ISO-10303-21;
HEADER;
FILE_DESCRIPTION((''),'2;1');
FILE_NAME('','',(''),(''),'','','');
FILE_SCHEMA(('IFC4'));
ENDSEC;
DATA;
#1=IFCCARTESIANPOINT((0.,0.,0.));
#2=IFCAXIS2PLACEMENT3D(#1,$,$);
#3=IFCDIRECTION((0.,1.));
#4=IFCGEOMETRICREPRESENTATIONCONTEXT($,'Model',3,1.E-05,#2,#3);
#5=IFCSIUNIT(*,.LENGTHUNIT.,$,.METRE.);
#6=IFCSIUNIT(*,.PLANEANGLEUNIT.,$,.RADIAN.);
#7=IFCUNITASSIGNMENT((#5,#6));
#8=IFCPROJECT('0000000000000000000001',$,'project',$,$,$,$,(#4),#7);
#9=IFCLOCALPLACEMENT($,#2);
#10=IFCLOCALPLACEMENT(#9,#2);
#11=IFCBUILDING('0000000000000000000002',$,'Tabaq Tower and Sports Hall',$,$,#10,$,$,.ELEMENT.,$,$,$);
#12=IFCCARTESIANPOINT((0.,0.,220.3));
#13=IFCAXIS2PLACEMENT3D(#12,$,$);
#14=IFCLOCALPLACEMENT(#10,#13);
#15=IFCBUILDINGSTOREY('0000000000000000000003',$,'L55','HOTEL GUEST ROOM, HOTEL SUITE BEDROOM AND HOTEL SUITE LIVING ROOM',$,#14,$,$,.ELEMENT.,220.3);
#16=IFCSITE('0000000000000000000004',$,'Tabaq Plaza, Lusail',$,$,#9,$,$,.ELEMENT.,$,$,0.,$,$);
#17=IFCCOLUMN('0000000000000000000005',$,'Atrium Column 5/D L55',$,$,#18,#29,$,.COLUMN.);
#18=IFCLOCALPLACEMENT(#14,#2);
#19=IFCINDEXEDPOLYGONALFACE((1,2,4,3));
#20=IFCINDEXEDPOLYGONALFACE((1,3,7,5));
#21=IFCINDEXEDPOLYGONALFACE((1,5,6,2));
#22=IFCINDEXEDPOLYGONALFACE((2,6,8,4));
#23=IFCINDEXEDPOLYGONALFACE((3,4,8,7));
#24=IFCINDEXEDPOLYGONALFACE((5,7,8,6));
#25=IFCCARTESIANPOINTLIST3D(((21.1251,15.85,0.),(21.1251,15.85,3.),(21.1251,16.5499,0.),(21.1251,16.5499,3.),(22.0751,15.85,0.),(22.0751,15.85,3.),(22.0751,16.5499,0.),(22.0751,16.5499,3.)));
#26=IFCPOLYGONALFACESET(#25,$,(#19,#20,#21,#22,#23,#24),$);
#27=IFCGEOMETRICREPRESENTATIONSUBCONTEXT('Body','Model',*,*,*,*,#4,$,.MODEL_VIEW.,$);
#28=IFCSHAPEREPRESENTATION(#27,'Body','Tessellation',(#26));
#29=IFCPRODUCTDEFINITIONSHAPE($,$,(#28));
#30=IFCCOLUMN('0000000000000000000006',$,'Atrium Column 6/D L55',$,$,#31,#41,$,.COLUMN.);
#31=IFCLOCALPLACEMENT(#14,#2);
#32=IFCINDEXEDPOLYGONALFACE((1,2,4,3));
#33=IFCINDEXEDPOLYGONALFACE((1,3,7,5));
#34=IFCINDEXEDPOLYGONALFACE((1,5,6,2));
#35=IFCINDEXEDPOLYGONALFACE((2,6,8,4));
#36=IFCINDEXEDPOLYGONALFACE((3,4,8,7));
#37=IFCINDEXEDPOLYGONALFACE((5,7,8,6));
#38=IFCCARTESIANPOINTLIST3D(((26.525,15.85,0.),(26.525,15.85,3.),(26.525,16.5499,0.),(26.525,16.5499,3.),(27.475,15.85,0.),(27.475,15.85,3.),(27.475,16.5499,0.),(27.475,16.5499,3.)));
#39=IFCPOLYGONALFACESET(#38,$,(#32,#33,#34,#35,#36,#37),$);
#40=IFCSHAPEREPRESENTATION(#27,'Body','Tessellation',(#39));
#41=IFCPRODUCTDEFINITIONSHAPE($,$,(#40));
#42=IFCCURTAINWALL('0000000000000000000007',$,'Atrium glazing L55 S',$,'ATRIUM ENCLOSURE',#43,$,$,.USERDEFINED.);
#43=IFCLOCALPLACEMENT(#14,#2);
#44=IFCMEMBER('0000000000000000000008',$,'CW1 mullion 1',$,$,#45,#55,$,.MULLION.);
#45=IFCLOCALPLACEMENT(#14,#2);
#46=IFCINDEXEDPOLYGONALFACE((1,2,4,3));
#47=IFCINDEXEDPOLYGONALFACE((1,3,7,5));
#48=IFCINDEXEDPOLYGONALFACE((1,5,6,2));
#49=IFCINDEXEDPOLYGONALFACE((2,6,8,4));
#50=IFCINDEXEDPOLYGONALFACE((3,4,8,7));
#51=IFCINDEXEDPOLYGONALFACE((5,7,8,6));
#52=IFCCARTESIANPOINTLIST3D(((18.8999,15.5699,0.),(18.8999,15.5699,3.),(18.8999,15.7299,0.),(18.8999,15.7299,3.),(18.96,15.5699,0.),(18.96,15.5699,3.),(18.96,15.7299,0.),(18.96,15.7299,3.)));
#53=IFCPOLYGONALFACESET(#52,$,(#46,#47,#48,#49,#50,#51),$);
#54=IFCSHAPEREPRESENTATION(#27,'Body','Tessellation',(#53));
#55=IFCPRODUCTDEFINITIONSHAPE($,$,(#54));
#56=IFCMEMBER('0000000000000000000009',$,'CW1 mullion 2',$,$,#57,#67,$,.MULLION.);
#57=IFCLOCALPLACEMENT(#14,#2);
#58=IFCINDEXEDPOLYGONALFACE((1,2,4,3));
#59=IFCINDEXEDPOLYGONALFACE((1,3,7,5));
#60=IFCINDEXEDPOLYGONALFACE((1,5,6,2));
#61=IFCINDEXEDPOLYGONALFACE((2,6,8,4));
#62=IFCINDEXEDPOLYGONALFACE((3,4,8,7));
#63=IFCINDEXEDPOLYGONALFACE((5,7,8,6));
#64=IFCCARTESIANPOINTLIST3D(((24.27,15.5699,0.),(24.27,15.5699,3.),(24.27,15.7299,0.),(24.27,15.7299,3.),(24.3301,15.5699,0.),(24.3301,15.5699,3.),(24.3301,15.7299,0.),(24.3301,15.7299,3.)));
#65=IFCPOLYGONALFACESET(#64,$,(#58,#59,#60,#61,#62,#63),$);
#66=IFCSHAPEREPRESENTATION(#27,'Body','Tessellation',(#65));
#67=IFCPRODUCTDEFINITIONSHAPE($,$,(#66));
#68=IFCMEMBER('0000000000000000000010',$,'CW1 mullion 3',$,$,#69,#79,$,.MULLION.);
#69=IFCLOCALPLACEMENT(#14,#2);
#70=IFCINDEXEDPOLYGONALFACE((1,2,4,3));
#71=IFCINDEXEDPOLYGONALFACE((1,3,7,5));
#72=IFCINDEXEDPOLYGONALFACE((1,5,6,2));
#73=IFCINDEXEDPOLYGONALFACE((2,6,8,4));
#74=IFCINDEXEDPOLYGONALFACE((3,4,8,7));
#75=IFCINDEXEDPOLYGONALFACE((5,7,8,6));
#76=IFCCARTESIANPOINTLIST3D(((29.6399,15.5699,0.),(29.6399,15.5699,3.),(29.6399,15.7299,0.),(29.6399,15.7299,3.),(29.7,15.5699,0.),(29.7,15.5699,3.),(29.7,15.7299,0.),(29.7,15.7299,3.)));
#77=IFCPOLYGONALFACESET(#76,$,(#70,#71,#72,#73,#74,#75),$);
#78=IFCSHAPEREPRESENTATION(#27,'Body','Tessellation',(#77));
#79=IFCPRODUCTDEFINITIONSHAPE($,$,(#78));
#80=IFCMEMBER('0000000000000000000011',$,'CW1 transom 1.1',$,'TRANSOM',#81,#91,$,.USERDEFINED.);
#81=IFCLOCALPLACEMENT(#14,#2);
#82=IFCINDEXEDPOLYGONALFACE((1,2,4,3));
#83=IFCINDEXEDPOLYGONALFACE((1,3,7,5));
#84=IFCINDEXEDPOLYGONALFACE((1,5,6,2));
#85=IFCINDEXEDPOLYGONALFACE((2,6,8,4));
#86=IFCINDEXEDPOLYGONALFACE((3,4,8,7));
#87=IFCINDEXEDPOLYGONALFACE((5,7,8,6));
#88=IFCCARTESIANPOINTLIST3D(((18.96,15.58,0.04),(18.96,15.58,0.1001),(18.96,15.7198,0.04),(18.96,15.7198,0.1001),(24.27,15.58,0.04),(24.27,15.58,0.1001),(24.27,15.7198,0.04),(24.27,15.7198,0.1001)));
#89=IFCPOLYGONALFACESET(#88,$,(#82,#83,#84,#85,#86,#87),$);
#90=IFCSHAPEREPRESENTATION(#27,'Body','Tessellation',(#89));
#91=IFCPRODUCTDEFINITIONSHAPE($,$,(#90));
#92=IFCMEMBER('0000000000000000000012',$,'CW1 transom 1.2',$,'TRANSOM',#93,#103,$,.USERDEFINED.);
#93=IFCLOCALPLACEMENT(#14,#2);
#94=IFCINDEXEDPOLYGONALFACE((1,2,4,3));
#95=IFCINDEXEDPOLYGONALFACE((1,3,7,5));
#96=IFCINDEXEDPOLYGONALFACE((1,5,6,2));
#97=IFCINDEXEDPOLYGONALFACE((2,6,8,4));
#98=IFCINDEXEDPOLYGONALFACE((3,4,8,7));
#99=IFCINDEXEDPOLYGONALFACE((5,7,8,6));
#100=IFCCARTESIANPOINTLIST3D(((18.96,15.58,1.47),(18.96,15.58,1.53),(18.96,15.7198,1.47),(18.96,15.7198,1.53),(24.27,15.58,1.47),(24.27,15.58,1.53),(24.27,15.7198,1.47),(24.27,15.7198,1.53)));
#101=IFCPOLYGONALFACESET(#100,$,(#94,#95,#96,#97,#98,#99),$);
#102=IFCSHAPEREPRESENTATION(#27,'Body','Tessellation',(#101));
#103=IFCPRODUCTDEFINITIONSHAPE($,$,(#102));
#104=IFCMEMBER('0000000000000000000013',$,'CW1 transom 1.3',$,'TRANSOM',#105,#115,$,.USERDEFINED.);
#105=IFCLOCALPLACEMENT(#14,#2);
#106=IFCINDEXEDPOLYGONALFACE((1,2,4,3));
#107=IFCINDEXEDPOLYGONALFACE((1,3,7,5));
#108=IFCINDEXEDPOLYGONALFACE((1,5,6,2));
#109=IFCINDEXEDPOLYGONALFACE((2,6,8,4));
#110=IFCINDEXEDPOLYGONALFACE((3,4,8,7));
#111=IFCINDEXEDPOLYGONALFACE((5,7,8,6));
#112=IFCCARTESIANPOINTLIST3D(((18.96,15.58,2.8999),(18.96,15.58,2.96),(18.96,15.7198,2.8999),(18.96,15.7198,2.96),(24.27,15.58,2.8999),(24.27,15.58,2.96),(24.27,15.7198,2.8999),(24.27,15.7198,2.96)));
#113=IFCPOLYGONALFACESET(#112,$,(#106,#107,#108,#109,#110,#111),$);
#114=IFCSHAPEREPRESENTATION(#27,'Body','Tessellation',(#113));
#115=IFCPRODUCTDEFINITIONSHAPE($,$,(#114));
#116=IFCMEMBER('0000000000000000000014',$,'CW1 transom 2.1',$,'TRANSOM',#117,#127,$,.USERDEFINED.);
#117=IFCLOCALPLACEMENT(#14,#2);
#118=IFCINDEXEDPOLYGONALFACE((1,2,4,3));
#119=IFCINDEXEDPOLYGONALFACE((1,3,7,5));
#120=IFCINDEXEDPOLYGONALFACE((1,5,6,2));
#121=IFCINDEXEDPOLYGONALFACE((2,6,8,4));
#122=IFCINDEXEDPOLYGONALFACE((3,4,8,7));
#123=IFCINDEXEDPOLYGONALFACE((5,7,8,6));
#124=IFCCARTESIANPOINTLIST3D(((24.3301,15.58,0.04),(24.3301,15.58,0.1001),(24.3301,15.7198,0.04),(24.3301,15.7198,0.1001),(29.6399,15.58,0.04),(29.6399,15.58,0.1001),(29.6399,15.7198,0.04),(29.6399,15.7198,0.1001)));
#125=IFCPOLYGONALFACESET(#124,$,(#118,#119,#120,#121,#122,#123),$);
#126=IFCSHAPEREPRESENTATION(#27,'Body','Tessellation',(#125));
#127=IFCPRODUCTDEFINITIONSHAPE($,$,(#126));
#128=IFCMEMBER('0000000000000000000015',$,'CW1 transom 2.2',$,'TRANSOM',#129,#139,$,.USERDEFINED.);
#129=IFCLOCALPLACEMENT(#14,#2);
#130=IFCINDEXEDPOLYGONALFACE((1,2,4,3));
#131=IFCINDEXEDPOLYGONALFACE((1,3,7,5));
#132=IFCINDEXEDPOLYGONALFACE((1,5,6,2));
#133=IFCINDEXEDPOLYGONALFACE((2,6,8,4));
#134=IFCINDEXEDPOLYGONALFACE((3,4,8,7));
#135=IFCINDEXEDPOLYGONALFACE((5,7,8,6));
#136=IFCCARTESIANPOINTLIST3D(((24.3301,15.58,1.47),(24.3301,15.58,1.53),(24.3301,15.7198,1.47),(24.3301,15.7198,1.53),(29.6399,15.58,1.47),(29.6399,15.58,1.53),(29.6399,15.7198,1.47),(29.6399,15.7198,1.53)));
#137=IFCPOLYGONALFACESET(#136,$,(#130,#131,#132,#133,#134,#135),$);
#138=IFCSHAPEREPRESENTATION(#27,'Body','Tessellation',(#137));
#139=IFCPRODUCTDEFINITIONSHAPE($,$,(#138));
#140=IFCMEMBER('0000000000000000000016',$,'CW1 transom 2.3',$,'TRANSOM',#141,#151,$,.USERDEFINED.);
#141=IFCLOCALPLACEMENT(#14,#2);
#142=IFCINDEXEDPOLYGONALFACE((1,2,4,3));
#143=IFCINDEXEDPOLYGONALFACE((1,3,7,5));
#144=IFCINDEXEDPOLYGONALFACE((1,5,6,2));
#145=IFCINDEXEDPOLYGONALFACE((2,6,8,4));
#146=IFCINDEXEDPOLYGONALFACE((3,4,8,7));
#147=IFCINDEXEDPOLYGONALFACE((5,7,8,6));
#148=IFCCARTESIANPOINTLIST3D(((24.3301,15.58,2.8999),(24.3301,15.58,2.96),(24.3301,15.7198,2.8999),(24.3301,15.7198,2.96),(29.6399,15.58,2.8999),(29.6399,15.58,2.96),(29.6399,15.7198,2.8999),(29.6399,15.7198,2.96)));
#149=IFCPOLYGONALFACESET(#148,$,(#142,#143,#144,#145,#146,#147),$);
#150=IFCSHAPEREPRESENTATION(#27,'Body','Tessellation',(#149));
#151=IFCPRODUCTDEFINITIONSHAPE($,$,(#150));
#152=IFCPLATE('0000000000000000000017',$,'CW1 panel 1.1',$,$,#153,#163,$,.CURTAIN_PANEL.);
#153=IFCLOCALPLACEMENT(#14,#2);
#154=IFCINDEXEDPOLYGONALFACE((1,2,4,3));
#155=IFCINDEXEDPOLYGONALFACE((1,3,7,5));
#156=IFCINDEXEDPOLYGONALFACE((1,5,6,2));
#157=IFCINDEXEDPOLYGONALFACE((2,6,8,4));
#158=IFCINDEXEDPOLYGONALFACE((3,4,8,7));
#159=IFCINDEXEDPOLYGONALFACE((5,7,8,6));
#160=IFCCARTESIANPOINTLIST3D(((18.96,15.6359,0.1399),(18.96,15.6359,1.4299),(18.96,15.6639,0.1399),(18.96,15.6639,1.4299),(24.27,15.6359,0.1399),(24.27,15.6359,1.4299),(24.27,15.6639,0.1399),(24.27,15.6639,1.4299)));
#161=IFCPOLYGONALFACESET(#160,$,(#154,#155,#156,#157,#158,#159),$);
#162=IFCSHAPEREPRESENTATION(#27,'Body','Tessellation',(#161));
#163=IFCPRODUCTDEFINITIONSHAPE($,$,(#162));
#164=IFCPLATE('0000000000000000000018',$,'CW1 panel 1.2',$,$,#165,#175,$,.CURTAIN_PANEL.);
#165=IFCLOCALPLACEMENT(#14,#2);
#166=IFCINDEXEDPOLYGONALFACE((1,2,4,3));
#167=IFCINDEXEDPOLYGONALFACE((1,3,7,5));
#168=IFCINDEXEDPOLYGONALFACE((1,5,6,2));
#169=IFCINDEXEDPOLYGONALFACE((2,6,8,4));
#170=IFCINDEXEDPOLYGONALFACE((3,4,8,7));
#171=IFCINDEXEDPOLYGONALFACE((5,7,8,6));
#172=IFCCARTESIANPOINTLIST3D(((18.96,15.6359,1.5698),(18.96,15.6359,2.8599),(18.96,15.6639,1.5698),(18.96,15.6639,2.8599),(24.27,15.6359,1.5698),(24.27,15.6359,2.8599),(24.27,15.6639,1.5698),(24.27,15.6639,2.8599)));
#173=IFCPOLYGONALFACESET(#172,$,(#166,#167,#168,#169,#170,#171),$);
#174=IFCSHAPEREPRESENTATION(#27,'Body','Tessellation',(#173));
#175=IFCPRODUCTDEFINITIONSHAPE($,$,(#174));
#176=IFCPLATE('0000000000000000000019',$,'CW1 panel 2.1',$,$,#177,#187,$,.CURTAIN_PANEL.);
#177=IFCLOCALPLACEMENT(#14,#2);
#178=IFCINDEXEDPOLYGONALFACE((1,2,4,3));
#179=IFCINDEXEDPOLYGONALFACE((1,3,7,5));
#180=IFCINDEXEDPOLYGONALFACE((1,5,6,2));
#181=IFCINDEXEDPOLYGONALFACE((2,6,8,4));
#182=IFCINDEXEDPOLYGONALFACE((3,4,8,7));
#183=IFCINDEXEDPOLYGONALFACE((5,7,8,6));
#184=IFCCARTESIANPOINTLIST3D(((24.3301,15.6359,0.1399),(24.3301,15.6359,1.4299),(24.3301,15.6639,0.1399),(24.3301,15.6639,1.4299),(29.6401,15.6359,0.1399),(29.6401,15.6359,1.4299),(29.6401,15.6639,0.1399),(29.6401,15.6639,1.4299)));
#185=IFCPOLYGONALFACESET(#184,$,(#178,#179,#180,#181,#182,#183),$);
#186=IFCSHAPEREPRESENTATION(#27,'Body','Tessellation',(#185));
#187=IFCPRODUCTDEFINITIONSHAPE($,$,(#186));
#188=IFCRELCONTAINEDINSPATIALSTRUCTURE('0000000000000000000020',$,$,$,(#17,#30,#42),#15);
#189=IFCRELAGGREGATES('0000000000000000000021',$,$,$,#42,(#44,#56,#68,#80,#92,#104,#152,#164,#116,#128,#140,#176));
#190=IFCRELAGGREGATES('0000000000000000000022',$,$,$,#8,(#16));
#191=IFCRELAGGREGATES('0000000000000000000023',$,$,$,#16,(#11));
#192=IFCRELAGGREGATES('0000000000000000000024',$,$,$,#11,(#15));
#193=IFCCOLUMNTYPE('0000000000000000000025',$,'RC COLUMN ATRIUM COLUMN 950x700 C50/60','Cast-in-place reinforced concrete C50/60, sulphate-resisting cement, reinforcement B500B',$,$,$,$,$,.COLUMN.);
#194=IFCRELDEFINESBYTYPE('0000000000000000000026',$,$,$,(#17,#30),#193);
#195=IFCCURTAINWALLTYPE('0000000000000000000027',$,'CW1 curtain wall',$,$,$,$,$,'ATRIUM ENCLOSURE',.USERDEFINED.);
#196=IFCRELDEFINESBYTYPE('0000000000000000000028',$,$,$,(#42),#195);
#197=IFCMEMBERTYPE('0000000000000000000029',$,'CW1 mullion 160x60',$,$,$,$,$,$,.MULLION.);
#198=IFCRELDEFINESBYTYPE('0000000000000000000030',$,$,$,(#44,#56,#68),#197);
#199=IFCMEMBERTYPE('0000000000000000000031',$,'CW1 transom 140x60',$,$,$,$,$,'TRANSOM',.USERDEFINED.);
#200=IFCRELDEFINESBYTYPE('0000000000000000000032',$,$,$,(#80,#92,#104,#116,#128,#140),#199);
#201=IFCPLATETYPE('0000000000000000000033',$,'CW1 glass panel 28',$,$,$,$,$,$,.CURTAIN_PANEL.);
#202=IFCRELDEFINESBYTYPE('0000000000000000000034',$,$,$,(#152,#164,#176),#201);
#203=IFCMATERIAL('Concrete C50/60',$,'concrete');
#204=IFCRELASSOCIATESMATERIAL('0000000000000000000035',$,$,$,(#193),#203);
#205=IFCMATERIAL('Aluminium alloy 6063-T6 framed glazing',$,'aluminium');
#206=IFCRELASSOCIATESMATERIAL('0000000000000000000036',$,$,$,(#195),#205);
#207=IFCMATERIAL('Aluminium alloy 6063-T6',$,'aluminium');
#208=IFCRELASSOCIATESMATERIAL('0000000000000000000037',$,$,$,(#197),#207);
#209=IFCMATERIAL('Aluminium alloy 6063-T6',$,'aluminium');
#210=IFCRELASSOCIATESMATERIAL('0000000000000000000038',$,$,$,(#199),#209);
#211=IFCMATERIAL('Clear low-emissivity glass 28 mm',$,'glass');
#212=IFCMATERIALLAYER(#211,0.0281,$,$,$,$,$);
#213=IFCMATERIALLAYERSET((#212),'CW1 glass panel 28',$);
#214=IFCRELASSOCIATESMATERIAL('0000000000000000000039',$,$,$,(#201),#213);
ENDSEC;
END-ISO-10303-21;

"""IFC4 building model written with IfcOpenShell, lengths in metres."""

from ifc_helpers import new_model, si_unit, direction, frame, origin, origin_2d, place, context, subcontext, project, spatial, rectangle, extrude, material, layer, layer_set, material_profile, profile_set, type_object, element, aggregate, save


model = new_model("IFC4")

# Units and contexts
model_context = context("Model", 3, precision=1e-05, world=origin(), true_north=direction((0.0, 1.0)))
body_context = subcontext(model_context, "Body", "Model", "MODEL_VIEW")
ifc_project = project(units=[si_unit("LENGTHUNIT", "METRE"), si_unit("PLANEANGLEUNIT", "RADIAN")], contexts=[model_context])

# Site, building, storey
site_placement = place(None, origin())
site = spatial("IfcSite", under=ifc_project, at=site_placement, Name="Tabaq Plaza, Lusail", CompositionType="ELEMENT", RefElevation=0.0)
building_placement = place(site_placement, origin())
building = spatial("IfcBuilding", under=site, at=building_placement, Name="Tabaq Tower and Sports Hall", CompositionType="ELEMENT")
storey_placement = place(building_placement, frame((0.0, 0.0, 220.3)))
storey = spatial("IfcBuildingStorey", under=building, at=storey_placement, Name="L55", Description="HOTEL GUEST ROOM, HOTEL SUITE BEDROOM AND HOTEL SUITE LIVING ROOM", CompositionType="ELEMENT", Elevation=220.3)

# Columns
ifc_material_1 = material(Name="Concrete C50/60", Category="concrete")
ifc_material_profile_1 = material_profile(ifc_material_1, rectangle(XDim=0.95, YDim=0.7, at=origin_2d()), Name="ATRIUM COLUMN 950x700")
ifc_profile_set_1 = profile_set([ifc_material_profile_1], Name="Concrete C50/60")
column_type = type_object("IfcColumnType", Name="RC COLUMN ATRIUM COLUMN 950x700 C50/60", Description="Cast-in-place reinforced concrete C50/60, sulphate-resisting cement, reinforcement B500B", PredefinedType="COLUMN", material=ifc_profile_set_1)
for number, where, z_axis, x_axis, name in (
    (1, (21.6001, 16.2, 0.0), (0.0, 0.0, 1.0), (1.0, 0.0, 0.0), "Atrium Column 5/D L55"),
    (2, (27.0, 16.2, 0.0), (0.0, 0.0, 1.0), (1.0, 0.0, 0.0), "Atrium Column 6/D L55"),
):
    element("IfcColumn", number, at=place(storey_placement, frame(where, z_axis=z_axis, x_axis=x_axis)), inside=storey, type_object=column_type, Name=name, PredefinedType="COLUMN", context=body_context, shape_type="SweptSolid", body=[
        extrude(rectangle(XDim=0.95, YDim=0.7, at=origin_2d()), origin(), (0.0, 0.0, 1.0), 3.0),
    ])

# Curtain wall, members, plates
ifc_material_2 = material(Name="Aluminium alloy 6063-T6 framed glazing", Category="aluminium")
curtain_wall_type = type_object("IfcCurtainWallType", Name="CW1 curtain wall", ElementType="ATRIUM ENCLOSURE", PredefinedType="USERDEFINED", material=ifc_material_2)
curtain_wall_placement = place(storey_placement, origin())
curtain_wall = element("IfcCurtainWall", 3, at=curtain_wall_placement, inside=storey, type_object=curtain_wall_type, Name="Atrium glazing L55 S", ObjectType="ATRIUM ENCLOSURE", PredefinedType="USERDEFINED")
ifc_material_3 = material(Name="Aluminium alloy 6063-T6", Category="aluminium")
ifc_material_profile_2 = material_profile(ifc_material_3, rectangle(XDim=0.1599, YDim=0.0601, at=origin_2d()), Name="MULLION 160x60")
ifc_profile_set_2 = profile_set([ifc_material_profile_2], Name="Aluminium alloy 6063-T6")
member_type_1 = type_object("IfcMemberType", Name="CW1 mullion 160x60", PredefinedType="MULLION", material=ifc_profile_set_2)
member_1_placement = place(storey_placement, frame((18.9299, 15.6499, 0.0), z_axis=(0.0, 0.0, 1.0), x_axis=(0.0, 1.0, 0.0)))
member_1 = element("IfcMember", 4, at=member_1_placement, type_object=member_type_1, Name="CW1 mullion 1", PredefinedType="MULLION", context=body_context, shape_type="SweptSolid", body=[
    extrude(rectangle(XDim=0.1599, YDim=0.0601, at=origin_2d()), origin(), (0.0, 0.0, 1.0), 3.0),
])
member_2_placement = place(storey_placement, frame((24.3, 15.6499, 0.0), z_axis=(0.0, 0.0, 1.0), x_axis=(0.0, 1.0, 0.0)))
member_2 = element("IfcMember", 5, at=member_2_placement, type_object=member_type_1, Name="CW1 mullion 2", PredefinedType="MULLION", context=body_context, shape_type="SweptSolid", body=[
    extrude(rectangle(XDim=0.1599, YDim=0.0601, at=origin_2d()), origin(), (0.0, 0.0, 1.0), 3.0),
])
member_3_placement = place(storey_placement, frame((29.6699, 15.6499, 0.0), z_axis=(0.0, 0.0, 1.0), x_axis=(0.0, 1.0, 0.0)))
member_3 = element("IfcMember", 6, at=member_3_placement, type_object=member_type_1, Name="CW1 mullion 3", PredefinedType="MULLION", context=body_context, shape_type="SweptSolid", body=[
    extrude(rectangle(XDim=0.1599, YDim=0.0601, at=origin_2d()), origin(), (0.0, 0.0, 1.0), 3.0),
])
ifc_material_4 = material(Name="Aluminium alloy 6063-T6", Category="aluminium")
ifc_material_profile_3 = material_profile(ifc_material_4, rectangle(XDim=0.1399, YDim=0.0601, at=origin_2d()), Name="TRANSOM 140x60")
ifc_profile_set_3 = profile_set([ifc_material_profile_3], Name="Aluminium alloy 6063-T6")
member_type_2 = type_object("IfcMemberType", Name="CW1 transom 140x60", ElementType="TRANSOM", PredefinedType="USERDEFINED", material=ifc_profile_set_3)
member_4_placement = place(storey_placement, frame((18.96, 15.6499, 0.0701), z_axis=(1.0, 0.0, 0.0), x_axis=(0.0, 1.0, 0.0)))
member_4 = element("IfcMember", 7, at=member_4_placement, type_object=member_type_2, Name="CW1 transom 1.1", ObjectType="TRANSOM", PredefinedType="USERDEFINED", context=body_context, shape_type="SweptSolid", body=[
    extrude(rectangle(XDim=0.1399, YDim=0.0601, at=origin_2d()), origin(), (0.0, 0.0, 1.0), 5.3101),
])
member_5_placement = place(storey_placement, frame((18.96, 15.6499, 1.5), z_axis=(1.0, 0.0, 0.0), x_axis=(0.0, 1.0, 0.0)))
member_5 = element("IfcMember", 8, at=member_5_placement, type_object=member_type_2, Name="CW1 transom 1.2", ObjectType="TRANSOM", PredefinedType="USERDEFINED", context=body_context, shape_type="SweptSolid", body=[
    extrude(rectangle(XDim=0.1399, YDim=0.0601, at=origin_2d()), origin(), (0.0, 0.0, 1.0), 5.3101),
])
member_6_placement = place(storey_placement, frame((18.96, 15.6499, 2.9299), z_axis=(1.0, 0.0, 0.0), x_axis=(0.0, 1.0, 0.0)))
member_6 = element("IfcMember", 9, at=member_6_placement, type_object=member_type_2, Name="CW1 transom 1.3", ObjectType="TRANSOM", PredefinedType="USERDEFINED", context=body_context, shape_type="SweptSolid", body=[
    extrude(rectangle(XDim=0.1399, YDim=0.0601, at=origin_2d()), origin(), (0.0, 0.0, 1.0), 5.3101),
])
member_7_placement = place(storey_placement, frame((24.3301, 15.6499, 0.0701), z_axis=(1.0, 0.0, 0.0), x_axis=(0.0, 1.0, 0.0)))
member_7 = element("IfcMember", 10, at=member_7_placement, type_object=member_type_2, Name="CW1 transom 2.1", ObjectType="TRANSOM", PredefinedType="USERDEFINED", context=body_context, shape_type="SweptSolid", body=[
    extrude(rectangle(XDim=0.1399, YDim=0.0601, at=origin_2d()), origin(), (0.0, 0.0, 1.0), 5.3098),
])
member_8_placement = place(storey_placement, frame((24.3301, 15.6499, 1.5), z_axis=(1.0, 0.0, 0.0), x_axis=(0.0, 1.0, 0.0)))
member_8 = element("IfcMember", 11, at=member_8_placement, type_object=member_type_2, Name="CW1 transom 2.2", ObjectType="TRANSOM", PredefinedType="USERDEFINED", context=body_context, shape_type="SweptSolid", body=[
    extrude(rectangle(XDim=0.1399, YDim=0.0601, at=origin_2d()), origin(), (0.0, 0.0, 1.0), 5.3098),
])
member_9_placement = place(storey_placement, frame((24.3301, 15.6499, 2.9299), z_axis=(1.0, 0.0, 0.0), x_axis=(0.0, 1.0, 0.0)))
member_9 = element("IfcMember", 12, at=member_9_placement, type_object=member_type_2, Name="CW1 transom 2.3", ObjectType="TRANSOM", PredefinedType="USERDEFINED", context=body_context, shape_type="SweptSolid", body=[
    extrude(rectangle(XDim=0.1399, YDim=0.0601, at=origin_2d()), origin(), (0.0, 0.0, 1.0), 5.3098),
])
ifc_material_5 = material(Name="Clear low-emissivity glass 28 mm", Category="glass")
ifc_layer_1 = layer(ifc_material_5, 0.0281)
ifc_layer_set_1 = layer_set([ifc_layer_1], Name="CW1 glass panel 28")
plate_type = type_object("IfcPlateType", Name="CW1 glass panel 28", PredefinedType="CURTAIN_PANEL", material=ifc_layer_set_1)
plate_1_placement = place(storey_placement, frame((21.615, 15.6499, 0.1399), z_axis=(0.0, 0.0, 1.0), x_axis=(1.0, 0.0, 0.0)))
plate_1 = element("IfcPlate", 13, at=plate_1_placement, type_object=plate_type, Name="CW1 panel 1.1", PredefinedType="CURTAIN_PANEL", context=body_context, shape_type="SweptSolid", body=[
    extrude(rectangle(XDim=5.3101, YDim=0.0281, at=origin_2d()), origin(), (0.0, 0.0, 1.0), 1.29),
])
plate_2_placement = place(storey_placement, frame((21.615, 15.6499, 1.5698), z_axis=(0.0, 0.0, 1.0), x_axis=(1.0, 0.0, 0.0)))
plate_2 = element("IfcPlate", 14, at=plate_2_placement, type_object=plate_type, Name="CW1 panel 1.2", PredefinedType="CURTAIN_PANEL", context=body_context, shape_type="SweptSolid", body=[
    extrude(rectangle(XDim=5.3101, YDim=0.0281, at=origin_2d()), origin(), (0.0, 0.0, 1.0), 1.29),
])
plate_3_placement = place(storey_placement, frame((26.9851, 15.6499, 0.1399), z_axis=(0.0, 0.0, 1.0), x_axis=(1.0, 0.0, 0.0)))
plate_3 = element("IfcPlate", 15, at=plate_3_placement, type_object=plate_type, Name="CW1 panel 2.1", PredefinedType="CURTAIN_PANEL", context=body_context, shape_type="SweptSolid", body=[
    extrude(rectangle(XDim=5.3101, YDim=0.0281, at=origin_2d()), origin(), (0.0, 0.0, 1.0), 1.29),
])
aggregate(curtain_wall, [member_1, member_2, member_3, member_4, member_5, member_6, plate_1, plate_2, member_7, member_8, member_9, plate_3])

save(model, "model.ifc")
